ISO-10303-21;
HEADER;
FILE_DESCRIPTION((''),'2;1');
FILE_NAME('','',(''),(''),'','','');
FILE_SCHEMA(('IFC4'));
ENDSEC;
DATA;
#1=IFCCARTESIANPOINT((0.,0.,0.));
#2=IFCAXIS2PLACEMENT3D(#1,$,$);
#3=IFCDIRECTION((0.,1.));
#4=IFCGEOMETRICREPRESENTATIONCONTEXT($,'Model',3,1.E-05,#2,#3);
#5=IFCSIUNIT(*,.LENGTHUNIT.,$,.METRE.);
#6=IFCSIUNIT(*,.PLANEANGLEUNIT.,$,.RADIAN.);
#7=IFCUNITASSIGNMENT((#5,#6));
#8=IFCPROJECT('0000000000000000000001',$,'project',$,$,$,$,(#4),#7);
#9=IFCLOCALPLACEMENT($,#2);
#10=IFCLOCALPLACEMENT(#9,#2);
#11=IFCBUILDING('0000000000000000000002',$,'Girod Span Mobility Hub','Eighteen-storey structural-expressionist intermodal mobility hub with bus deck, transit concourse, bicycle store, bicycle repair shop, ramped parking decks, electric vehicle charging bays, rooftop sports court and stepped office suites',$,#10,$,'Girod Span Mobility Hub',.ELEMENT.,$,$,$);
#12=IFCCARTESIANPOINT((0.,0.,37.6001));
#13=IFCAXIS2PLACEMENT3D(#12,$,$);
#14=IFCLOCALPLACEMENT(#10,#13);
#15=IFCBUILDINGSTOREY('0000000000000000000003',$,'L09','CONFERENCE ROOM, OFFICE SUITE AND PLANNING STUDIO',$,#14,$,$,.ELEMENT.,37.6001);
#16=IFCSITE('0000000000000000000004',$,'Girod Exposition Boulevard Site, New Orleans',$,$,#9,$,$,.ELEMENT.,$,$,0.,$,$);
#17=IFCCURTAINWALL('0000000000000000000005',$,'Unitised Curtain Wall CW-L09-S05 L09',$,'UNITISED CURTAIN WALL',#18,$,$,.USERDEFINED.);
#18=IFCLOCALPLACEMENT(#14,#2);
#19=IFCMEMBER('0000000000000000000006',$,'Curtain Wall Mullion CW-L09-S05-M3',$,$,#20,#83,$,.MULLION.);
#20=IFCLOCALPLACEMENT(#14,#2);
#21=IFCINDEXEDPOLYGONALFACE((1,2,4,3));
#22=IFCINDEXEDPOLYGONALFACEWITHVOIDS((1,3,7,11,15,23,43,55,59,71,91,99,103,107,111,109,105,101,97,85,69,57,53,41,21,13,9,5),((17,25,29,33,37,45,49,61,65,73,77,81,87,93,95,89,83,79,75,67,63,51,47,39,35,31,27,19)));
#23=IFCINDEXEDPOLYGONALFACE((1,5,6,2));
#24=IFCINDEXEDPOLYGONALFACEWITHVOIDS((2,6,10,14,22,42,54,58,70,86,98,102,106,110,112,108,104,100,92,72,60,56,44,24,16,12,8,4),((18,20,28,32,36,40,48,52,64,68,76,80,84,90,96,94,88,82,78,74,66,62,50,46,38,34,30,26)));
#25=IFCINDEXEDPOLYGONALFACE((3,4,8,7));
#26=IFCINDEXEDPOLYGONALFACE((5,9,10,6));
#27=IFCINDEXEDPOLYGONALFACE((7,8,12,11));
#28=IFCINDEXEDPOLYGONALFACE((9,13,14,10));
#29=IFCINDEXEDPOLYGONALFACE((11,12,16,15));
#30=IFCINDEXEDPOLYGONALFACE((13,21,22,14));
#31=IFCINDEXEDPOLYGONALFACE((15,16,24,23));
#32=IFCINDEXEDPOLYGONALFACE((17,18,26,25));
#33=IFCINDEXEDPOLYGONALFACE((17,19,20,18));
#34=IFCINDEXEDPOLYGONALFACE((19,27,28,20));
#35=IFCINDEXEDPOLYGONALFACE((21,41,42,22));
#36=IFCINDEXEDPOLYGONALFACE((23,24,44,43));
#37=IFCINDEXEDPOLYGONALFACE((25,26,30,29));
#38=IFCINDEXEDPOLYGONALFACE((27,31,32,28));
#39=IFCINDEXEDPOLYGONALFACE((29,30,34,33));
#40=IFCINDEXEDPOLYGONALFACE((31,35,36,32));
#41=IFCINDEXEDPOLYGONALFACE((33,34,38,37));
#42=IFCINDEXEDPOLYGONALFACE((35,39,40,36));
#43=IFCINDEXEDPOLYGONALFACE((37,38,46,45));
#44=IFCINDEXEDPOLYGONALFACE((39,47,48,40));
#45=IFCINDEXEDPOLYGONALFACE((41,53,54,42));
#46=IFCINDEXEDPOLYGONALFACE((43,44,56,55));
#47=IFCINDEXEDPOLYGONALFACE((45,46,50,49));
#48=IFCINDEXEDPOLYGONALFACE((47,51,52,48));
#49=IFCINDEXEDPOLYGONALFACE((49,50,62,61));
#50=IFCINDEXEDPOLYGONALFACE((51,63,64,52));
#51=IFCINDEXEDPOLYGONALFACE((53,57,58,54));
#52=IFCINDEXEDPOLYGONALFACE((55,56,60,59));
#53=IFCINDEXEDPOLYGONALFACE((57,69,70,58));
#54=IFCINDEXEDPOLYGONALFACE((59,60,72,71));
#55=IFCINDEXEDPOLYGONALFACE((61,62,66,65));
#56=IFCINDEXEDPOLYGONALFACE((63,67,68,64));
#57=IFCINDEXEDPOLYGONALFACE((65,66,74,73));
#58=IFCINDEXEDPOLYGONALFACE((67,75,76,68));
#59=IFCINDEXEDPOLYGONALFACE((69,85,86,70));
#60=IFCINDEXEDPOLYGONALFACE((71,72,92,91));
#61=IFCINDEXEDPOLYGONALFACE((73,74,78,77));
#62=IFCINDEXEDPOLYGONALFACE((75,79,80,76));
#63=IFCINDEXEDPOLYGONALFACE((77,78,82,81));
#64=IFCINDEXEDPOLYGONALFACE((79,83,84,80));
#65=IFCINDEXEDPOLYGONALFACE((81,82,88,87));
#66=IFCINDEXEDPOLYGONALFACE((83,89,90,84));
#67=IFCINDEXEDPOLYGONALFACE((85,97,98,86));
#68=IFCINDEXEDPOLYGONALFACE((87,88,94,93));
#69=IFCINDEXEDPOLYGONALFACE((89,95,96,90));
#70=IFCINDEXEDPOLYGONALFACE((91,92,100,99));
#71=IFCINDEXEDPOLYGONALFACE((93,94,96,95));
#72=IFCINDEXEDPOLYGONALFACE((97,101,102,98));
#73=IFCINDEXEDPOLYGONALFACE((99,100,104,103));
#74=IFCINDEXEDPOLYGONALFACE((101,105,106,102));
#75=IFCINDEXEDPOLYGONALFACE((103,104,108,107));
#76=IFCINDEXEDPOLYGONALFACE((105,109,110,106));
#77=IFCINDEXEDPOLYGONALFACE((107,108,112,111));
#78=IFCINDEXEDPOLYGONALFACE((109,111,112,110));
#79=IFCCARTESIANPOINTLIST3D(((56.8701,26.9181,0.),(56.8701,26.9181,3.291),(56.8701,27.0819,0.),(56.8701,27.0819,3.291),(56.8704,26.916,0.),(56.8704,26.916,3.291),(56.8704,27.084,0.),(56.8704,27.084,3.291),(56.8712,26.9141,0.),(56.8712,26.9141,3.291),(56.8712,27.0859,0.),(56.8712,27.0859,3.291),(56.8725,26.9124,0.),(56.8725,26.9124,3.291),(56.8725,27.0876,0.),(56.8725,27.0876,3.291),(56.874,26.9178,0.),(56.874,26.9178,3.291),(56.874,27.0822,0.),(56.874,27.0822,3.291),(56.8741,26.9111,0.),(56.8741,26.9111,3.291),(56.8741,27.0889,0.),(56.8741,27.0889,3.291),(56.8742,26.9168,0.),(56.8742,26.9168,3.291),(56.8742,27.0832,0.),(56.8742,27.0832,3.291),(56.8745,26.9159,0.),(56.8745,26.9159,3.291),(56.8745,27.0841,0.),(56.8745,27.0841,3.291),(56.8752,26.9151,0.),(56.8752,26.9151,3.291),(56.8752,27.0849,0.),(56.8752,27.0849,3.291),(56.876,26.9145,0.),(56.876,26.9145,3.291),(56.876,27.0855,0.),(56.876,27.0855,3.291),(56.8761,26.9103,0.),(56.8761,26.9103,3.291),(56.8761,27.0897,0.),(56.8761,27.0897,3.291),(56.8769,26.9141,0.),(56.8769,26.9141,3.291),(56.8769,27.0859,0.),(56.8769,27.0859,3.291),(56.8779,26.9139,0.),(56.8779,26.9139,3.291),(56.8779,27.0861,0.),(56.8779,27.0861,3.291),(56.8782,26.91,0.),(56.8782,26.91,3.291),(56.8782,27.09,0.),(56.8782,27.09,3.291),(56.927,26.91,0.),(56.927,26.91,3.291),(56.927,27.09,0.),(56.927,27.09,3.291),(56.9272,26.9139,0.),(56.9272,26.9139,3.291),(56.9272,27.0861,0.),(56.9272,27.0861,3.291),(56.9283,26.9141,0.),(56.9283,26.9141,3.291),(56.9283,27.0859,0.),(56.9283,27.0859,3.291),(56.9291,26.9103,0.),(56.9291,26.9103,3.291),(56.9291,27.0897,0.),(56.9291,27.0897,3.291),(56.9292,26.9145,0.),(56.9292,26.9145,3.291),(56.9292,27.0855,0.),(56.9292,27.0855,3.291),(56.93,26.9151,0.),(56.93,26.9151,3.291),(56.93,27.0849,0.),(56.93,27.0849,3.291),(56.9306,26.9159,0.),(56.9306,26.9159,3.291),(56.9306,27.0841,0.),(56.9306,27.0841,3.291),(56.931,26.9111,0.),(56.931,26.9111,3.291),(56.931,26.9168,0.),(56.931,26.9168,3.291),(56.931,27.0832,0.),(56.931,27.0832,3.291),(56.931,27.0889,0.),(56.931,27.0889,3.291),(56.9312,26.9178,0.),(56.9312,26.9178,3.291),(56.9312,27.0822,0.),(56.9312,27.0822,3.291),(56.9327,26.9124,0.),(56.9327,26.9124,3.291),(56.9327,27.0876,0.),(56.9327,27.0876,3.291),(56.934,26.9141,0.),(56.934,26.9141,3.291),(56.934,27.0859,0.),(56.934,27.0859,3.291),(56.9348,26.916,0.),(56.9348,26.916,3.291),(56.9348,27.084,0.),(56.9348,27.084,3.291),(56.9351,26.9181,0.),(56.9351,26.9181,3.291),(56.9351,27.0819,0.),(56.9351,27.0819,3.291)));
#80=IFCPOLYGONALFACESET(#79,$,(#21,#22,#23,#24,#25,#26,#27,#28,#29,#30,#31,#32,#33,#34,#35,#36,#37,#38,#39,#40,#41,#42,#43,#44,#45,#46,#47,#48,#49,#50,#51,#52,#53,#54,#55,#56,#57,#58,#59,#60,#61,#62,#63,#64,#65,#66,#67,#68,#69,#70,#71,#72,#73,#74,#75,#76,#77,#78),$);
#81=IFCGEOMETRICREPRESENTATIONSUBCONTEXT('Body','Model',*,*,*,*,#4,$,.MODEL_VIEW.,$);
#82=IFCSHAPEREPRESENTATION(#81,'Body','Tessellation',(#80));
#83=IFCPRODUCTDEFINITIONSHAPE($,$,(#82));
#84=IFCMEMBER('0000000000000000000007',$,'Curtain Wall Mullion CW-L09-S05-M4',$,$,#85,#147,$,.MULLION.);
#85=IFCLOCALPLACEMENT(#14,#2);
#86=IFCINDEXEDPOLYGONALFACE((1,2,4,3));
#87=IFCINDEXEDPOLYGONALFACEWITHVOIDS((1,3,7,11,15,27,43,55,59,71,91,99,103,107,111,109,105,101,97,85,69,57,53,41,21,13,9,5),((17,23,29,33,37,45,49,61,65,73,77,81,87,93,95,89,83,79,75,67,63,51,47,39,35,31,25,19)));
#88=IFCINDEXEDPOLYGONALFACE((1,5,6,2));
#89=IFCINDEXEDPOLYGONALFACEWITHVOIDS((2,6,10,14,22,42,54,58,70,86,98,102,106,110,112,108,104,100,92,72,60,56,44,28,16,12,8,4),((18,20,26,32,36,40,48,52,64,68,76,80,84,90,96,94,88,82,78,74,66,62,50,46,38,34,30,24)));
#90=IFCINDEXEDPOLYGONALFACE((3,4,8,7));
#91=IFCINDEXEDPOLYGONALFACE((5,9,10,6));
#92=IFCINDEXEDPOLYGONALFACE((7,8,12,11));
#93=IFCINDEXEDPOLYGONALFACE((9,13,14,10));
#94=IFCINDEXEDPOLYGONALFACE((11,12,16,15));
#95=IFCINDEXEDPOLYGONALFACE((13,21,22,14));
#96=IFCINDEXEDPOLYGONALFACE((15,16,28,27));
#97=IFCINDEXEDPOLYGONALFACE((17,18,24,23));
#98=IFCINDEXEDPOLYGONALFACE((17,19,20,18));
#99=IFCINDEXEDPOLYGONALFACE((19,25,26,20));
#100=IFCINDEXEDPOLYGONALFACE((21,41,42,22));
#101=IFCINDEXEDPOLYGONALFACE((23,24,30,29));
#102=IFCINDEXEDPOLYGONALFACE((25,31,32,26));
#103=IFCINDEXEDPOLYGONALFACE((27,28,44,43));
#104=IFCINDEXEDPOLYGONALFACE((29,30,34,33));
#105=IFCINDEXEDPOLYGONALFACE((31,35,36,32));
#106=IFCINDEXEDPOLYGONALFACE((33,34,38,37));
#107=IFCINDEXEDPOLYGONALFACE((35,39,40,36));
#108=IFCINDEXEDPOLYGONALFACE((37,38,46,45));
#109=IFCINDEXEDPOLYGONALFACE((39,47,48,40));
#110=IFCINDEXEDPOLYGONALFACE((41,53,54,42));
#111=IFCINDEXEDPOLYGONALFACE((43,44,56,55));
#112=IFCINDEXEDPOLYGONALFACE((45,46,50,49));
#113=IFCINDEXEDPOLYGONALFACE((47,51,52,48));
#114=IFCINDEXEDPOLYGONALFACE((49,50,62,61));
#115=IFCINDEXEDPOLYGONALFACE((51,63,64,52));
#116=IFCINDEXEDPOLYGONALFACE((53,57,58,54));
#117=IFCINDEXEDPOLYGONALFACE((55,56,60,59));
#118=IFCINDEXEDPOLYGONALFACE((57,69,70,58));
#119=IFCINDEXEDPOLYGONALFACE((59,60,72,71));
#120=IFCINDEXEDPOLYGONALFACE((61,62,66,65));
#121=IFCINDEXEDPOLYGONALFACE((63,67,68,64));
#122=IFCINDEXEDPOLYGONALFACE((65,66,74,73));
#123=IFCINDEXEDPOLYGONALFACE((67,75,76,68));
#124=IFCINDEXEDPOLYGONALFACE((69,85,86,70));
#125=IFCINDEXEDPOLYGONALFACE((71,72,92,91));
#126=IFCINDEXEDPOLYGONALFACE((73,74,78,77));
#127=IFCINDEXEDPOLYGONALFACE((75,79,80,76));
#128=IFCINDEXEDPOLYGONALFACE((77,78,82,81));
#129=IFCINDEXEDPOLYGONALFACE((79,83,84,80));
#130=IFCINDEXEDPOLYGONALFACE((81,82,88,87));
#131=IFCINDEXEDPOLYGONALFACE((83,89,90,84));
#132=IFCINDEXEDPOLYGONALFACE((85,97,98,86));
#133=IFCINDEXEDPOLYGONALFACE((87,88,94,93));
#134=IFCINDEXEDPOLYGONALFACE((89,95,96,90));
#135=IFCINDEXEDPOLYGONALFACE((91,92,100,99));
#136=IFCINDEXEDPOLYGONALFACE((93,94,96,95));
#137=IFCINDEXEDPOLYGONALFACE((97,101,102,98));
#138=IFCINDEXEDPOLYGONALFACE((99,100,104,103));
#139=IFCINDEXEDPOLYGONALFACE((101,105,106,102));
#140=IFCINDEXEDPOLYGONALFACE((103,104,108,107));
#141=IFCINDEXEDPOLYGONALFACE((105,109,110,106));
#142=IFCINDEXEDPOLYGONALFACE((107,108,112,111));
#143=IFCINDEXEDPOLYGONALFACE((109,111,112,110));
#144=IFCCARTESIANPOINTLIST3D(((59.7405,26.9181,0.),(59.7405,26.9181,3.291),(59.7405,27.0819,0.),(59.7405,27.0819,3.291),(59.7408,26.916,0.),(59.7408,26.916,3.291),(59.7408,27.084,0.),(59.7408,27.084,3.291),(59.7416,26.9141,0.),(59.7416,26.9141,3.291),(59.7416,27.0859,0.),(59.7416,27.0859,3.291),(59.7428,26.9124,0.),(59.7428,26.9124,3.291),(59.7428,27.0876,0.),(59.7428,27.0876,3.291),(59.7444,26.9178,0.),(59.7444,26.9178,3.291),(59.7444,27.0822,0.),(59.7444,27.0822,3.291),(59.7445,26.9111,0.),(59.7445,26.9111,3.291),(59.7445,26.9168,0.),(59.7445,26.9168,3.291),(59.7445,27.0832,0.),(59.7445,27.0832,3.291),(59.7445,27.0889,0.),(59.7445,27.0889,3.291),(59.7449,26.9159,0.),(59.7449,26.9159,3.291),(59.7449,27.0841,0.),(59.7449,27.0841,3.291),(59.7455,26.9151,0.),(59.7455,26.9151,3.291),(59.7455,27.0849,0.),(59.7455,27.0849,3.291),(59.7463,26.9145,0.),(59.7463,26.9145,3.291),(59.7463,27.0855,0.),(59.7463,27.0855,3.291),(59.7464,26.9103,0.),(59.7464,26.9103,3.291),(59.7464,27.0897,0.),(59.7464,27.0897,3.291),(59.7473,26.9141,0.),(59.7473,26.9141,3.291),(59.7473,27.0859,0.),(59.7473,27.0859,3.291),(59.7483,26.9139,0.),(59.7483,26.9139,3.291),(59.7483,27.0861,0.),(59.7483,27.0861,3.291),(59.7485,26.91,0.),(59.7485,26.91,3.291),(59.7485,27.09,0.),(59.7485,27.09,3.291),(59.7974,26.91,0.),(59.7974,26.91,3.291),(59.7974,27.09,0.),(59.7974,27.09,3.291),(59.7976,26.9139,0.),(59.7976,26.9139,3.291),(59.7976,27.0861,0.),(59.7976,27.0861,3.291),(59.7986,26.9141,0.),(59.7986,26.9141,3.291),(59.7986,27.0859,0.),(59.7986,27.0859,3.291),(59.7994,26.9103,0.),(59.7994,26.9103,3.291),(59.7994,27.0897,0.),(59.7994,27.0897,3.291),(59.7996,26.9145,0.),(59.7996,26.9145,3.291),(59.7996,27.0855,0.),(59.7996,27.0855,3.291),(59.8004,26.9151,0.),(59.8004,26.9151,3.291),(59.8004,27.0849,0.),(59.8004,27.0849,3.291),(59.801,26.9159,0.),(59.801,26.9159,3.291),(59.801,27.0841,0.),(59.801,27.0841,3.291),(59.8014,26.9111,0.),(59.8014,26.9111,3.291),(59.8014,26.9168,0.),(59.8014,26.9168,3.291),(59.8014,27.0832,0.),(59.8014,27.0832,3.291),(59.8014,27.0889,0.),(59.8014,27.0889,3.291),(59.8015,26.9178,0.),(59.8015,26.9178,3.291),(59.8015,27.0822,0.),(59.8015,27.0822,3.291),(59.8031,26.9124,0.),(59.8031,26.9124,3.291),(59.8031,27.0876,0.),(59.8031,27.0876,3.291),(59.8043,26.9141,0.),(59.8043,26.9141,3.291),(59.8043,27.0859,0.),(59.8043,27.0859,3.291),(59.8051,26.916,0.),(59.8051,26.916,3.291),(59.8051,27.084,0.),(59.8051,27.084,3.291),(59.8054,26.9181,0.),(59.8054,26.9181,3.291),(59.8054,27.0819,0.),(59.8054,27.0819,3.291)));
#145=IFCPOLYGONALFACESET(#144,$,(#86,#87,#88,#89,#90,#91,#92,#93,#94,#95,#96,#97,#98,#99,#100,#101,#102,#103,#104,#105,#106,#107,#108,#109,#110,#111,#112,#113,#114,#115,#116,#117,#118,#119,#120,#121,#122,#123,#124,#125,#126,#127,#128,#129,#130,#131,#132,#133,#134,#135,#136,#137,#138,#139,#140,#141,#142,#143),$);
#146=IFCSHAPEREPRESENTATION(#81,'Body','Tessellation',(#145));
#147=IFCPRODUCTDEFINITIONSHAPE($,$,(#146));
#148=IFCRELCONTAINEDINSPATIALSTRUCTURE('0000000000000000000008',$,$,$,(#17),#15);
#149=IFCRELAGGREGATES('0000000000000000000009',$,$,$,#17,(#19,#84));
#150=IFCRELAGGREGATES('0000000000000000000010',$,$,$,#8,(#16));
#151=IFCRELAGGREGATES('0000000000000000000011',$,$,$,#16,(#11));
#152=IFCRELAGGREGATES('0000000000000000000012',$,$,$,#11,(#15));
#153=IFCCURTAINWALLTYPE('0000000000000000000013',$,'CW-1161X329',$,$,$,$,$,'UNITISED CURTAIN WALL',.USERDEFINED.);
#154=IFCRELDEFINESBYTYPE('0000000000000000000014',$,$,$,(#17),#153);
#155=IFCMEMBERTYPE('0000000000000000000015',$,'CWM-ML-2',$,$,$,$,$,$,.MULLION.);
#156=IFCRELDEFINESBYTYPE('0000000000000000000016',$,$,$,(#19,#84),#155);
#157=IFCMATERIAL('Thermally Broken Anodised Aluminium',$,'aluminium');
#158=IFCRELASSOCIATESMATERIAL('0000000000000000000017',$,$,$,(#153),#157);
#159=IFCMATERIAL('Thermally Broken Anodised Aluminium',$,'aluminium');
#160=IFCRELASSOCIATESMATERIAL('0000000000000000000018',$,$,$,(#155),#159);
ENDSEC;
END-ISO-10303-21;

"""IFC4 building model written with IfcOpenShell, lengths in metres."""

from ifc_helpers import new_model, si_unit, direction, frame, origin, origin_2d, place, context, subcontext, project, spatial, hollow_rectangle, extrude, material, material_profile, profile_set, type_object, element, aggregate, save


model = new_model("IFC4")

# Units and contexts
model_context = context("Model", 3, precision=1e-05, world=origin(), true_north=direction((0.0, 1.0)))
body_context = subcontext(model_context, "Body", "Model", "MODEL_VIEW")
ifc_project = project(units=[si_unit("LENGTHUNIT", "METRE"), si_unit("PLANEANGLEUNIT", "RADIAN")], contexts=[model_context])

# Site, building, storey
site_placement = place(None, origin())
site = spatial("IfcSite", under=ifc_project, at=site_placement, Name="Girod Exposition Boulevard Site, New Orleans", CompositionType="ELEMENT", RefElevation=0.0)
building_placement = place(site_placement, origin())
building = spatial("IfcBuilding", under=site, at=building_placement, Name="Girod Span Mobility Hub", Description="Eighteen-storey structural-expressionist intermodal mobility hub with bus deck, transit concourse, bicycle store, bicycle repair shop, ramped parking decks, electric vehicle charging bays, rooftop sports court and stepped office suites", LongName="Girod Span Mobility Hub", CompositionType="ELEMENT")
storey_placement = place(building_placement, frame((0.0, 0.0, 37.6001)))
storey = spatial("IfcBuildingStorey", under=building, at=storey_placement, Name="L09", Description="CONFERENCE ROOM, OFFICE SUITE AND PLANNING STUDIO", CompositionType="ELEMENT", Elevation=37.6001)

# Curtain wall, members
ifc_material_1 = material(Name="Thermally Broken Anodised Aluminium", Category="aluminium")
curtain_wall_type = type_object("IfcCurtainWallType", Name="CW-1161X329", ElementType="UNITISED CURTAIN WALL", PredefinedType="USERDEFINED", material=ifc_material_1)
curtain_wall_1_placement = place(storey_placement, origin())
curtain_wall_1 = element("IfcCurtainWall", 1, at=curtain_wall_1_placement, inside=storey, type_object=curtain_wall_type, Name="Unitised Curtain Wall CW-L09-S05 L09", ObjectType="UNITISED CURTAIN WALL", PredefinedType="USERDEFINED")
ifc_material_2 = material(Name="Thermally Broken Anodised Aluminium", Category="aluminium")
ifc_material_profile_1 = material_profile(ifc_material_2, hollow_rectangle(XDim=0.1799, YDim=0.0649, WallThickness=0.0039, InnerFilletRadius=0.0039, OuterFilletRadius=0.0081, at=origin_2d()), Name="CW-ML-65X180")
ifc_profile_set_1 = profile_set([ifc_material_profile_1], Name="Thermally Broken Anodised Aluminium")
member_type_1 = type_object("IfcMemberType", Name="CWM-ML-2", PredefinedType="MULLION", material=ifc_profile_set_1)
member_1_placement = place(storey_placement, frame((56.9026, 27.0, 0.0), z_axis=(0.0, 0.0, 1.0), x_axis=(0.0, 1.0, 0.0)))
member_1 = element("IfcMember", 2, at=member_1_placement, type_object=member_type_1, Name="Curtain Wall Mullion CW-L09-S05-M3", PredefinedType="MULLION", context=body_context, shape_type="SweptSolid", body=[
    extrude(hollow_rectangle(XDim=0.1799, YDim=0.0649, WallThickness=0.0039, InnerFilletRadius=0.0039, OuterFilletRadius=0.0081, at=origin_2d()), origin(), (0.0, 0.0, 1.0), 3.291),
])
member_2_placement = place(storey_placement, frame((59.7729, 27.0, 0.0), z_axis=(0.0, 0.0, 1.0), x_axis=(0.0, 1.0, 0.0)))
member_2 = element("IfcMember", 3, at=member_2_placement, type_object=member_type_1, Name="Curtain Wall Mullion CW-L09-S05-M4", PredefinedType="MULLION", context=body_context, shape_type="SweptSolid", body=[
    extrude(hollow_rectangle(XDim=0.1799, YDim=0.0649, WallThickness=0.0039, InnerFilletRadius=0.0039, OuterFilletRadius=0.0081, at=origin_2d()), origin(), (0.0, 0.0, 1.0), 3.291),
])

aggregate(curtain_wall_1, [member_1, member_2])

save(model, "model.ifc")
